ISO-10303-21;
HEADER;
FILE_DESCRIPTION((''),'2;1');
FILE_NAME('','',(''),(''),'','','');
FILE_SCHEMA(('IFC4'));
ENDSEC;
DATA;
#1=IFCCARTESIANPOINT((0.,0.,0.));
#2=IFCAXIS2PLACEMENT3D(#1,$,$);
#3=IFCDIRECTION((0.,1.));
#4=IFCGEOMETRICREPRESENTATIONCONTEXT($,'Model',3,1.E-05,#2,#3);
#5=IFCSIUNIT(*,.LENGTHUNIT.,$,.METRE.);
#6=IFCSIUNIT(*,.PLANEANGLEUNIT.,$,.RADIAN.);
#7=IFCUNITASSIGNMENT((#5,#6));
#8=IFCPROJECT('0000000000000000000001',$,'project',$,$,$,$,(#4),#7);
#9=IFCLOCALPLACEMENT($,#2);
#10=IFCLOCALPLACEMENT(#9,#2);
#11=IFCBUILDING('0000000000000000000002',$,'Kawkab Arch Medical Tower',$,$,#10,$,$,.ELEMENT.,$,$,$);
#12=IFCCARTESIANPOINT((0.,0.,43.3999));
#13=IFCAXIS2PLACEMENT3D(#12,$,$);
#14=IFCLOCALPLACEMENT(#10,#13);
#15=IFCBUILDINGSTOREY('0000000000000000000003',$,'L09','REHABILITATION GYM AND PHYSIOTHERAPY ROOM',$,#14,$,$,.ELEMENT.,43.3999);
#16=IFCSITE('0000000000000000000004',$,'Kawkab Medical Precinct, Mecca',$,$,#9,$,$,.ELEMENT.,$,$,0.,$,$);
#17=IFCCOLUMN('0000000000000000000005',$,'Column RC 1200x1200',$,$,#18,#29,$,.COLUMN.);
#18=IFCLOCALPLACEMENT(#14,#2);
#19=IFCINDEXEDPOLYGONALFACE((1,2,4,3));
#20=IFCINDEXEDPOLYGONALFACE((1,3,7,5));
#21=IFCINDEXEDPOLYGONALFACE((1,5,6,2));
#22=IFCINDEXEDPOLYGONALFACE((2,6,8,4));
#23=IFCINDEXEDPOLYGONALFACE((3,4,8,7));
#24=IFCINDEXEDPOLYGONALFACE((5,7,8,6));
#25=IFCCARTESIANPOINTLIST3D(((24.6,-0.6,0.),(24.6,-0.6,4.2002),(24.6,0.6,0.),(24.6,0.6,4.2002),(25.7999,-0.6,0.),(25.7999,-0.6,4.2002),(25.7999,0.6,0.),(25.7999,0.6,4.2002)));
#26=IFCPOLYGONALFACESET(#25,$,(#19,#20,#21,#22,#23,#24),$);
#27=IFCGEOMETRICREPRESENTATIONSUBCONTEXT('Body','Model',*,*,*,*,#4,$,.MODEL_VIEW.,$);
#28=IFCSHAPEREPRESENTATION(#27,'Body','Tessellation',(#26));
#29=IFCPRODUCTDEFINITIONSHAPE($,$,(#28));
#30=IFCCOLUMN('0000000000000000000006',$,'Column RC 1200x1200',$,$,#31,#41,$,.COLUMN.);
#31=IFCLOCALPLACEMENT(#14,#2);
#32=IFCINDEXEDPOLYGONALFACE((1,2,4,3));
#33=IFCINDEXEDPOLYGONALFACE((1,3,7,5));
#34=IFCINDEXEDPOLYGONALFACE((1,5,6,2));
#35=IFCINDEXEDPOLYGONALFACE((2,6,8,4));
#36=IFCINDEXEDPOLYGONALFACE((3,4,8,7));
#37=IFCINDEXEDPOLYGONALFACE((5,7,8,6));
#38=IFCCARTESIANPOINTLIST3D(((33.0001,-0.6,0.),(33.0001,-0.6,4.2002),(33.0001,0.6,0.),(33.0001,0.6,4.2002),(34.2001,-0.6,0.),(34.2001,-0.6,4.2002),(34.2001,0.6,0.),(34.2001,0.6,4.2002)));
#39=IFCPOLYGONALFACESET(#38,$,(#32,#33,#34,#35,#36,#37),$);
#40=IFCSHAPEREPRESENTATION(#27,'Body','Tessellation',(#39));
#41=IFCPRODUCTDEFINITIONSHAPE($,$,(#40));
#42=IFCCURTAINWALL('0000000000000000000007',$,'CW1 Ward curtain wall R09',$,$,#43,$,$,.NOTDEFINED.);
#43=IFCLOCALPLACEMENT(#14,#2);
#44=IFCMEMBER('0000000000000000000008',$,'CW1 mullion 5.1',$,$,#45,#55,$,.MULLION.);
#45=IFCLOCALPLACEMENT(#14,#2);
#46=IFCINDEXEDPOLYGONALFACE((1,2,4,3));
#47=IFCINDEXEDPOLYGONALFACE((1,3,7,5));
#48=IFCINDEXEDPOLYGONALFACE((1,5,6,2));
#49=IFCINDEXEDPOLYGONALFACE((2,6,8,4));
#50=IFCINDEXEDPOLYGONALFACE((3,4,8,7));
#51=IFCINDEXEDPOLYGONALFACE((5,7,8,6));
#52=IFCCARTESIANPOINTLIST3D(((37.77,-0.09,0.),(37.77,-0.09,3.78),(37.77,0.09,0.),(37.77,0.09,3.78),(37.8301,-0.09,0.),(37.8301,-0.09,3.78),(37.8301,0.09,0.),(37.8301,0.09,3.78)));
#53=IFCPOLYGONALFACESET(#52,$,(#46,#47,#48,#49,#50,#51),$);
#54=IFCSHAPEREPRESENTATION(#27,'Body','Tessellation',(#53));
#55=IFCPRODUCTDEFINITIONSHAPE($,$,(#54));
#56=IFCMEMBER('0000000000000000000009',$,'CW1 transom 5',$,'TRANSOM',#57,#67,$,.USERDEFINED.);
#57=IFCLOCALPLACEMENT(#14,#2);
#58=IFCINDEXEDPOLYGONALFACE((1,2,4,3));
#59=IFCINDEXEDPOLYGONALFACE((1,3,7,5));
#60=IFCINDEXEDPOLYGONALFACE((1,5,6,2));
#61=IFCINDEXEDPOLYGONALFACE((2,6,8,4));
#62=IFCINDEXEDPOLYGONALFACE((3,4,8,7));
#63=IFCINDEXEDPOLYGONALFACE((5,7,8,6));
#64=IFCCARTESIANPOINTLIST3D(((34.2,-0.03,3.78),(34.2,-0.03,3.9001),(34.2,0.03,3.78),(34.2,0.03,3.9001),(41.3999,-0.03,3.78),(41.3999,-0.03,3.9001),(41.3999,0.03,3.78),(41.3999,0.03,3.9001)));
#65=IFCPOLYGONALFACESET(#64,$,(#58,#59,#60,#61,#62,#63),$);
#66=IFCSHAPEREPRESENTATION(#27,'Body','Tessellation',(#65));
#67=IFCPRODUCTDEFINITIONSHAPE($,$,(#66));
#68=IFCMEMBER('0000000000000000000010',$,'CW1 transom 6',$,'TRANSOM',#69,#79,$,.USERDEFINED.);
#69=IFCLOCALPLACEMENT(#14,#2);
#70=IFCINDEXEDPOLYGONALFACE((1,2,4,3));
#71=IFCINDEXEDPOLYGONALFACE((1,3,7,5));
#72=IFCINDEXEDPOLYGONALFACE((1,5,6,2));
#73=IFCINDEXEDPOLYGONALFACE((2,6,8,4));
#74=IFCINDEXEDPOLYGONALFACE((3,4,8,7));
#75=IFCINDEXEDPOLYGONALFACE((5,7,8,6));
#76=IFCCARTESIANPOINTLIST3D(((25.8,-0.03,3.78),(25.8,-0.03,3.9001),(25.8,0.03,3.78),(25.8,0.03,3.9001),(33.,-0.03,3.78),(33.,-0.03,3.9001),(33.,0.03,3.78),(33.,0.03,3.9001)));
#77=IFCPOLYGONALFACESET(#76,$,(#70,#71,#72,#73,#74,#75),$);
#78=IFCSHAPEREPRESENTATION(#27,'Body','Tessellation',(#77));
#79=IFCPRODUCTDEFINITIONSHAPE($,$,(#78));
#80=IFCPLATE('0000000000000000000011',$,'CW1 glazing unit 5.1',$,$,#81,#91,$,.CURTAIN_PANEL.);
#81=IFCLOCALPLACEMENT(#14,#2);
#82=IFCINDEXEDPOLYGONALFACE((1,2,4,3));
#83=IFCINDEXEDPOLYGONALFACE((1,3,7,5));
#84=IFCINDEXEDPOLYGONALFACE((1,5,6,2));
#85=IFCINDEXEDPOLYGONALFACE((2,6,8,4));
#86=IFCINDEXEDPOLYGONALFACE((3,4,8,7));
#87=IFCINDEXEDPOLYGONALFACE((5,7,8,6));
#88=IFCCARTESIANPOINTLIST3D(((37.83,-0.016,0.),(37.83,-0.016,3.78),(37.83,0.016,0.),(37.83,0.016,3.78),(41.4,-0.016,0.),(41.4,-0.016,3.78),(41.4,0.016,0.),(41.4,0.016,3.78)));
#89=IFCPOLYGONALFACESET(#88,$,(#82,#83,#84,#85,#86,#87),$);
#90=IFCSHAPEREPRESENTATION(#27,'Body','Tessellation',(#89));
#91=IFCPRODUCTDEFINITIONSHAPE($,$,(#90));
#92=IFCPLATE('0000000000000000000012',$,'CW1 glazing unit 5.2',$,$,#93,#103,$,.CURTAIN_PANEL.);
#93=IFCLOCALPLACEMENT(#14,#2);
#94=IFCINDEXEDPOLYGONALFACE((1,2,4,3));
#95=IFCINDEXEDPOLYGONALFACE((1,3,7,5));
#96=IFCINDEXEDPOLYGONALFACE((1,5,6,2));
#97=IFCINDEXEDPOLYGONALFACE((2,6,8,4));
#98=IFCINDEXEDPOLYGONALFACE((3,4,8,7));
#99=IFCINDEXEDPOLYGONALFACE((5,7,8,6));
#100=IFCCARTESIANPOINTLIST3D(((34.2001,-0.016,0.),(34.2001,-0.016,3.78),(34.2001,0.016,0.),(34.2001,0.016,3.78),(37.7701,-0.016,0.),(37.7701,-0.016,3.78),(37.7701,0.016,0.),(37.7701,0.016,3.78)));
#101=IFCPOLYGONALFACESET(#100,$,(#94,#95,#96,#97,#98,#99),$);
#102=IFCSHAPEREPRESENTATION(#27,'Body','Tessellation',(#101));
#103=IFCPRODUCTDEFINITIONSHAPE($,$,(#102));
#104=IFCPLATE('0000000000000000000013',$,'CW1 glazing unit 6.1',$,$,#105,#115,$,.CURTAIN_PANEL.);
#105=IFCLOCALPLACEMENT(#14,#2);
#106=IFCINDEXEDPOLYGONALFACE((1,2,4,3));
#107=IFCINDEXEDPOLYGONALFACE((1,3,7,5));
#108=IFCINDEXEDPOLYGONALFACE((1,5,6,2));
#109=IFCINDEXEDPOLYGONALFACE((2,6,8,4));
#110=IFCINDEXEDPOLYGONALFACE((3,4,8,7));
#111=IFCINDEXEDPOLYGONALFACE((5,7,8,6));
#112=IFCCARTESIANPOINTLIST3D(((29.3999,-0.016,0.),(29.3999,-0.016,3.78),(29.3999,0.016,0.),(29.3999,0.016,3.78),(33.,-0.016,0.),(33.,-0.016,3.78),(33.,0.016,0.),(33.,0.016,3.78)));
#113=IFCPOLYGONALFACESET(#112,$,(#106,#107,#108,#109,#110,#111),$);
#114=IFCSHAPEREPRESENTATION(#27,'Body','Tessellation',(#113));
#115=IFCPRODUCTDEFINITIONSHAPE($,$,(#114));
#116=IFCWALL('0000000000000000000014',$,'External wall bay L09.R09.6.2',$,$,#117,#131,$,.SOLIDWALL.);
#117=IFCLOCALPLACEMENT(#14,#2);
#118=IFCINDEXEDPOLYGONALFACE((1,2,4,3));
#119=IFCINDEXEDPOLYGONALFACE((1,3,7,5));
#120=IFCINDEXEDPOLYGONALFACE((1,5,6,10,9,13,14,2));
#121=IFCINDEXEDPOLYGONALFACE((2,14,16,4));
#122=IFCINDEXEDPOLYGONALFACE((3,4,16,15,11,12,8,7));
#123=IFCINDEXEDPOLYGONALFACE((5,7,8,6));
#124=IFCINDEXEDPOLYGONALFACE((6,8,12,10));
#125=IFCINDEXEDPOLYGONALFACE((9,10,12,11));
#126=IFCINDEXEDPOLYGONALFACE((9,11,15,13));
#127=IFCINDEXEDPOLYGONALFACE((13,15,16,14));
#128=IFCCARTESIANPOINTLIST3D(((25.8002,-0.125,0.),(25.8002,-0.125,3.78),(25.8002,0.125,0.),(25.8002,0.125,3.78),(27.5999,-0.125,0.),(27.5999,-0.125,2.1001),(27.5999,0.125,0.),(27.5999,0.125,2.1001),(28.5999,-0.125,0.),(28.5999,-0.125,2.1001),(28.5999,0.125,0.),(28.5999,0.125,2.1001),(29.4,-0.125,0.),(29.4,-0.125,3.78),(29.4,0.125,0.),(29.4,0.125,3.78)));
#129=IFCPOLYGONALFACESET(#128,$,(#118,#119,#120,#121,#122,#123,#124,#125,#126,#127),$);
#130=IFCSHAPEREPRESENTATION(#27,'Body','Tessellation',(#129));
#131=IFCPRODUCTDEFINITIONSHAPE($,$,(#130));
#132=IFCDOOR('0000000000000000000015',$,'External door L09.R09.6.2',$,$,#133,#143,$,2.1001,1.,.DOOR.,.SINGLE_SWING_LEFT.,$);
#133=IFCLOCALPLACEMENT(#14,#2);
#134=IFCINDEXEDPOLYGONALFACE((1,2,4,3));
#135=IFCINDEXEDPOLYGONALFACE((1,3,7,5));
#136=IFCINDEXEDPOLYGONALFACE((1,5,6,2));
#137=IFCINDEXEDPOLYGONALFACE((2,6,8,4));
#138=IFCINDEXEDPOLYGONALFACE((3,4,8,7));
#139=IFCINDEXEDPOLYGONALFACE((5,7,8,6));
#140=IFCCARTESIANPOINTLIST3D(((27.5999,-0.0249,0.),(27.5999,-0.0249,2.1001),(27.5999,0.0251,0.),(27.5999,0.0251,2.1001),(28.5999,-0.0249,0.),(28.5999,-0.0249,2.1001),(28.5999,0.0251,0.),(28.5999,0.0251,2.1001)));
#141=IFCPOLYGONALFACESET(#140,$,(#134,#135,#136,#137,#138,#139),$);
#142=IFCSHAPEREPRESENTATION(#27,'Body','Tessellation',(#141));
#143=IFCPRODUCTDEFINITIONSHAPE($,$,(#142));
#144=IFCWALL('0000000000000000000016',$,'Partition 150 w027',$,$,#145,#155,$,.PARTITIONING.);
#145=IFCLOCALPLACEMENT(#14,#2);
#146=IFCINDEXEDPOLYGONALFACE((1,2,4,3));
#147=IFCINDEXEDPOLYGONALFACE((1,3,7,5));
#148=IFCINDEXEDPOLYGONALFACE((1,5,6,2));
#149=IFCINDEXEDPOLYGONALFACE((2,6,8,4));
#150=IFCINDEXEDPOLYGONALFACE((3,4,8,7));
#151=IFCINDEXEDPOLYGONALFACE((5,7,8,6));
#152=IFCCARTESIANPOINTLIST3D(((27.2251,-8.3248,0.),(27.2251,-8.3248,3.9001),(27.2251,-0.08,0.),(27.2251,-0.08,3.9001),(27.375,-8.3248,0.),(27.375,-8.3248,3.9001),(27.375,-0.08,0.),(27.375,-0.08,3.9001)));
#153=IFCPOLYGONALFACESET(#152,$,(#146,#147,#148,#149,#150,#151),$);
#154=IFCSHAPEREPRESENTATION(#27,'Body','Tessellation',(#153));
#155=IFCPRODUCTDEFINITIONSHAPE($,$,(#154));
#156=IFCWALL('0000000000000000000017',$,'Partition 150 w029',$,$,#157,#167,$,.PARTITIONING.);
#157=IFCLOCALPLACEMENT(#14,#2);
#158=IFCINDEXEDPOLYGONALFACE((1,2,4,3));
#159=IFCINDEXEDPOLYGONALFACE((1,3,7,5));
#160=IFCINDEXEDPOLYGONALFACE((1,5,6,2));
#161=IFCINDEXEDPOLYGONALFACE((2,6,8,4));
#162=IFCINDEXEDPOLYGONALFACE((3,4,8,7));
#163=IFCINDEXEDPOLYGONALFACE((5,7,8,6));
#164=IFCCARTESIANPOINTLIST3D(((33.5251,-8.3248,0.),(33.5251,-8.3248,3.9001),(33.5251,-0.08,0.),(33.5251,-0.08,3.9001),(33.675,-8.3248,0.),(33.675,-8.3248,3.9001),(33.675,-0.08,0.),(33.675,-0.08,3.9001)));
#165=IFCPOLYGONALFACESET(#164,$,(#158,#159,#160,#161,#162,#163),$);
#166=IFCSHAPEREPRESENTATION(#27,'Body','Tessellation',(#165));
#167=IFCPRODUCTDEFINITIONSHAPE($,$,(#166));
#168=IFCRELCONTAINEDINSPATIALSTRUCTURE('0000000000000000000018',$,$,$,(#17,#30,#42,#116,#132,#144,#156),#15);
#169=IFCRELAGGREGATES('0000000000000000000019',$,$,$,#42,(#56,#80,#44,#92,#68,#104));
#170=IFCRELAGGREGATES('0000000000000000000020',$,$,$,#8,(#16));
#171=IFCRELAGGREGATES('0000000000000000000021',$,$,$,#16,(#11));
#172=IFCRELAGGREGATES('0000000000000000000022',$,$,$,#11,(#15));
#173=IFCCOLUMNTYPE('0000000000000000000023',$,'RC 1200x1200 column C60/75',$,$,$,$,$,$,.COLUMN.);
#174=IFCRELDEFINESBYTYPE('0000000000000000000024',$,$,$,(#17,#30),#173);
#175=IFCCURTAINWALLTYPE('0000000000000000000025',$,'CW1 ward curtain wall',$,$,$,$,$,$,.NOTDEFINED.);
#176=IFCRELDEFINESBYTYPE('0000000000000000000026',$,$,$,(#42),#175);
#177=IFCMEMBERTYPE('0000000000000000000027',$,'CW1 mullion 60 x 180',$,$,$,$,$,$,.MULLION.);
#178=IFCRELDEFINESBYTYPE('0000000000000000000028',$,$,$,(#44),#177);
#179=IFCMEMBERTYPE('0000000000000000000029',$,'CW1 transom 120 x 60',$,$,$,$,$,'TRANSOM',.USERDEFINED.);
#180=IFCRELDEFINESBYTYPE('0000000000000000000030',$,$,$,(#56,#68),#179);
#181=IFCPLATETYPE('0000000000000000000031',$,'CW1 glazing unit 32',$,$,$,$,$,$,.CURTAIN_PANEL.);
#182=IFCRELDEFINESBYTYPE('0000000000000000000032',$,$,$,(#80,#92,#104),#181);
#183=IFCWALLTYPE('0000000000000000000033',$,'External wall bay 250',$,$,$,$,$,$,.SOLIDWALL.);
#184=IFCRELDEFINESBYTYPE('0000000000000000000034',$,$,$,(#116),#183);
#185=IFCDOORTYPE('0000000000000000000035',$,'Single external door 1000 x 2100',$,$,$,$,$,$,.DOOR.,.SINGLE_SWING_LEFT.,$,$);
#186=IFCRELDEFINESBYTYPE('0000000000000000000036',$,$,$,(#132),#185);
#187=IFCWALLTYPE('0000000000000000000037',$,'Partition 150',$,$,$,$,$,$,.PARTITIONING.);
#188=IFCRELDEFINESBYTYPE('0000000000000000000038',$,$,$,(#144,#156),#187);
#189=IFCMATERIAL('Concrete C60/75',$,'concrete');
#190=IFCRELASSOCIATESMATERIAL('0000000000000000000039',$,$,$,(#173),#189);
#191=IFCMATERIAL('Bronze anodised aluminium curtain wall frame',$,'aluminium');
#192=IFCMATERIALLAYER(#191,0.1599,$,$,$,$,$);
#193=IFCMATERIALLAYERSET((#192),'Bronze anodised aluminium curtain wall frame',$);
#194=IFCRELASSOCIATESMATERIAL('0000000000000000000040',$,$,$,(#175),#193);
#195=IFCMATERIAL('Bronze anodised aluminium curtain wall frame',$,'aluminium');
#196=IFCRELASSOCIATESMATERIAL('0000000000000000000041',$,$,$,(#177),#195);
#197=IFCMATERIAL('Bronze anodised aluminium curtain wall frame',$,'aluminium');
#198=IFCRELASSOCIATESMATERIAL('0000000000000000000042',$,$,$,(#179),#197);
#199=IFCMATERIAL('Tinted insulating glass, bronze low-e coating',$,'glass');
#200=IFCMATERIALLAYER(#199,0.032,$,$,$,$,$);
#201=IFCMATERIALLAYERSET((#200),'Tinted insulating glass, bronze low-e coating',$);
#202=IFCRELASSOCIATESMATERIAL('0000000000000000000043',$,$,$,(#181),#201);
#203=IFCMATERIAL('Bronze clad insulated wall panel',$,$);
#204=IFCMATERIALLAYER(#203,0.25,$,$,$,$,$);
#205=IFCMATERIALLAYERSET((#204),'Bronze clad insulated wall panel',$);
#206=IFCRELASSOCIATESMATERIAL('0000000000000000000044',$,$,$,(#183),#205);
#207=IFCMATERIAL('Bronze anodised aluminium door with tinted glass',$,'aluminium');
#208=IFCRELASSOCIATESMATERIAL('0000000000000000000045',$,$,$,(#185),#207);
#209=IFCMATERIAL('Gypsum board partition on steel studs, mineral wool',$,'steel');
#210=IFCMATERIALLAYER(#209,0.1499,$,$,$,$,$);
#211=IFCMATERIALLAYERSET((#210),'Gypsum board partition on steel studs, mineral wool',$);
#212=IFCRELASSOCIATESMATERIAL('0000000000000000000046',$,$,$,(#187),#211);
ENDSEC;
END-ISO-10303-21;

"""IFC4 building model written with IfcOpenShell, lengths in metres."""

from ifc_helpers import new_model, si_unit, direction, frame, frame_2d, origin, origin_2d, place, context, subcontext, project, spatial, rectangle, extrude, material, layer, layer_set, material_profile, profile_set, type_object, element, fill, aggregate, save


model = new_model("IFC4")

# Units and contexts
model_context = context("Model", 3, precision=1e-05, world=origin(), true_north=direction((0.0, 1.0)))
body_context = subcontext(model_context, "Body", "Model", "MODEL_VIEW")
ifc_project = project(units=[si_unit("LENGTHUNIT", "METRE"), si_unit("PLANEANGLEUNIT", "RADIAN")], contexts=[model_context])

# Site, building, storey
site_placement = place(None, origin())
site = spatial("IfcSite", under=ifc_project, at=site_placement, Name="Kawkab Medical Precinct, Mecca", CompositionType="ELEMENT", RefElevation=0.0)
building_placement = place(site_placement, origin())
building = spatial("IfcBuilding", under=site, at=building_placement, Name="Kawkab Arch Medical Tower", CompositionType="ELEMENT")
storey_placement = place(building_placement, frame((0.0, 0.0, 43.3999)))
storey = spatial("IfcBuildingStorey", under=building, at=storey_placement, Name="L09", Description="REHABILITATION GYM AND PHYSIOTHERAPY ROOM", CompositionType="ELEMENT", Elevation=43.3999)

# Columns
ifc_material_1 = material(Name="Concrete C60/75", Category="concrete")
ifc_material_profile_1 = material_profile(ifc_material_1, rectangle(XDim=1.2, YDim=1.2, at=origin_2d()), Name="RC 1200x1200")
ifc_profile_set_1 = profile_set([ifc_material_profile_1], Name="Concrete C60/75")
column_type = type_object("IfcColumnType", Name="RC 1200x1200 column C60/75", PredefinedType="COLUMN", material=ifc_profile_set_1)
for number, where, z_axis, x_axis, name in (
    (1, (25.2, 0.0, 0.0), (0.0, 0.0, 1.0), (1.0, 0.0, 0.0), "Column RC 1200x1200"),
    (2, (33.6001, 0.0, 0.0), (0.0, 0.0, 1.0), (1.0, 0.0, 0.0), "Column RC 1200x1200"),
):
    element("IfcColumn", number, at=place(storey_placement, frame(where, z_axis=z_axis, x_axis=x_axis)), inside=storey, type_object=column_type, Name=name, PredefinedType="COLUMN", context=body_context, shape_type="SweptSolid", body=[
        extrude(rectangle(XDim=1.2, YDim=1.2, at=origin_2d()), origin(), (0.0, 0.0, 1.0), 4.2002),
    ])

# Curtain wall, members, plates
ifc_material_2 = material(Name="Bronze anodised aluminium curtain wall frame", Category="aluminium")
ifc_layer_1 = layer(ifc_material_2, 0.1599)
ifc_layer_set_1 = layer_set([ifc_layer_1], Name="Bronze anodised aluminium curtain wall frame")
curtain_wall_type = type_object("IfcCurtainWallType", Name="CW1 ward curtain wall", PredefinedType="NOTDEFINED", material=ifc_layer_set_1)
curtain_wall_placement = place(storey_placement, origin())
curtain_wall = element("IfcCurtainWall", 3, at=curtain_wall_placement, inside=storey, type_object=curtain_wall_type, Name="CW1 Ward curtain wall R09", PredefinedType="NOTDEFINED")
ifc_material_3 = material(Name="Bronze anodised aluminium curtain wall frame", Category="aluminium")
ifc_material_profile_2 = material_profile(ifc_material_3, rectangle(XDim=0.1799, YDim=0.0601, at=origin_2d()), Name="AL 60x180")
ifc_profile_set_2 = profile_set([ifc_material_profile_2], Name="Bronze anodised aluminium curtain wall frame")
member_type_1 = type_object("IfcMemberType", Name="CW1 mullion 60 x 180", PredefinedType="MULLION", material=ifc_profile_set_2)
member_1_placement = place(storey_placement, frame((37.8, 0.0, 0.0), z_axis=(0.0, 0.0, 1.0), x_axis=(0.0, -1.0, 0.0)))
member_1 = element("IfcMember", 4, at=member_1_placement, type_object=member_type_1, Name="CW1 mullion 5.1", PredefinedType="MULLION", context=body_context, shape_type="SweptSolid", body=[
    extrude(rectangle(XDim=0.1799, YDim=0.0601, at=origin_2d()), origin(), (0.0, 0.0, 1.0), 3.78),
])
ifc_material_4 = material(Name="Bronze anodised aluminium curtain wall frame", Category="aluminium")
ifc_material_profile_3 = material_profile(ifc_material_4, rectangle(XDim=0.0601, YDim=0.1201, at=origin_2d()), Name="AL 60x120")
ifc_profile_set_3 = profile_set([ifc_material_profile_3], Name="Bronze anodised aluminium curtain wall frame")
member_type_2 = type_object("IfcMemberType", Name="CW1 transom 120 x 60", ElementType="TRANSOM", PredefinedType="USERDEFINED", material=ifc_profile_set_3)
member_2_placement = place(storey_placement, frame((41.3999, 0.0, 3.8401), z_axis=(-1.0, 0.0, 0.0), x_axis=(0.0, -1.0, 0.0)))
member_2 = element("IfcMember", 5, at=member_2_placement, type_object=member_type_2, Name="CW1 transom 5", ObjectType="TRANSOM", PredefinedType="USERDEFINED", context=body_context, shape_type="SweptSolid", body=[
    extrude(rectangle(XDim=0.0601, YDim=0.1201, at=origin_2d()), origin(), (0.0, 0.0, 1.0), 7.2),
])
member_3_placement = place(storey_placement, frame((33.0, 0.0, 3.8401), z_axis=(-1.0, 0.0, 0.0), x_axis=(0.0, -1.0, 0.0)))
member_3 = element("IfcMember", 6, at=member_3_placement, type_object=member_type_2, Name="CW1 transom 6", ObjectType="TRANSOM", PredefinedType="USERDEFINED", context=body_context, shape_type="SweptSolid", body=[
    extrude(rectangle(XDim=0.0601, YDim=0.1201, at=origin_2d()), origin(), (0.0, 0.0, 1.0), 7.2),
])
ifc_material_5 = material(Name="Tinted insulating glass, bronze low-e coating", Category="glass")
ifc_layer_2 = layer(ifc_material_5, 0.032)
ifc_layer_set_2 = layer_set([ifc_layer_2], Name="Tinted insulating glass, bronze low-e coating")
plate_type = type_object("IfcPlateType", Name="CW1 glazing unit 32", PredefinedType="CURTAIN_PANEL", material=ifc_layer_set_2)
plate_1_placement = place(storey_placement, frame((39.615, 0.0, 0.0), z_axis=(0.0, 0.0, 1.0), x_axis=(-1.0, 0.0, 0.0)))
plate_1 = element("IfcPlate", 7, at=plate_1_placement, type_object=plate_type, Name="CW1 glazing unit 5.1", PredefinedType="CURTAIN_PANEL", context=body_context, shape_type="SweptSolid", body=[
    extrude(rectangle(XDim=3.5701, YDim=0.032, at=origin_2d()), origin(), (0.0, 0.0, 1.0), 3.78),
])
plate_2_placement = place(storey_placement, frame((35.9851, 0.0, 0.0), z_axis=(0.0, 0.0, 1.0), x_axis=(-1.0, 0.0, 0.0)))
plate_2 = element("IfcPlate", 8, at=plate_2_placement, type_object=plate_type, Name="CW1 glazing unit 5.2", PredefinedType="CURTAIN_PANEL", context=body_context, shape_type="SweptSolid", body=[
    extrude(rectangle(XDim=3.5701, YDim=0.032, at=origin_2d()), origin(), (0.0, 0.0, 1.0), 3.78),
])
plate_3_placement = place(storey_placement, frame((31.2, 0.0, 0.0), z_axis=(0.0, 0.0, 1.0), x_axis=(-1.0, 0.0, 0.0)))
plate_3 = element("IfcPlate", 9, at=plate_3_placement, type_object=plate_type, Name="CW1 glazing unit 6.1", PredefinedType="CURTAIN_PANEL", context=body_context, shape_type="SweptSolid", body=[
    extrude(rectangle(XDim=3.6001, YDim=0.032, at=origin_2d()), origin(), (0.0, 0.0, 1.0), 3.78),
])
aggregate(curtain_wall, [member_2, plate_1, member_1, plate_2, member_3, plate_3])

# Wall, opening, door
ifc_material_6 = material(Name="Bronze clad insulated wall panel")
ifc_layer_3 = layer(ifc_material_6, 0.25)
ifc_layer_set_3 = layer_set([ifc_layer_3], Name="Bronze clad insulated wall panel")
wall_type_1 = type_object("IfcWallType", Name="External wall bay 250", PredefinedType="SOLIDWALL", material=ifc_layer_set_3)
wall_placement = place(storey_placement, frame((29.3999, 0.0, 0.0), z_axis=(0.0, 0.0, 1.0), x_axis=(-1.0, 0.0, 0.0)))
wall = element("IfcWall", 10, at=wall_placement, inside=storey, type_object=wall_type_1, Name="External wall bay L09.R09.6.2", PredefinedType="SOLIDWALL", context=body_context, shape_type="SweptSolid", body=[
    extrude(rectangle(XDim=3.5999, YDim=0.25, at=frame_2d((1.7998, 0.0))), origin(), (0.0, 0.0, 1.0), 3.78),
])
opening_placement = place(wall_placement, frame((0.8, 0.0, 0.0)))
opening = element("IfcOpeningElement", 11, at=opening_placement, cuts=wall, PredefinedType="OPENING", context=body_context, shape_type="SweptSolid", body=[
    extrude(rectangle(XDim=1.0, YDim=2.1001, at=frame_2d((0.5, 1.05))), frame((0.0, 0.135, 0.0), z_axis=(0.0, -1.0, 0.0), x_axis=(1.0, 0.0, 0.0)), (0.0, 0.0, 1.0), 0.27),
])
ifc_material_7 = material(Name="Bronze anodised aluminium door with tinted glass", Category="aluminium")
door_type = type_object("IfcDoorType", Name="Single external door 1000 x 2100", OperationType="SINGLE_SWING_LEFT", PredefinedType="DOOR", material=ifc_material_7)
door_placement = place(opening_placement, origin())
door = element("IfcDoor", 12, at=door_placement, inside=storey, type_object=door_type, Name="External door L09.R09.6.2", OperationType="SINGLE_SWING_LEFT", OverallHeight=2.1001, OverallWidth=1.0, PredefinedType="DOOR", context=body_context, shape_type="SweptSolid", body=[
    extrude(rectangle(XDim=1.0, YDim=2.1001, at=frame_2d((0.5, 1.05))), frame((0.0, 0.0249, 0.0), z_axis=(0.0, -1.0, 0.0), x_axis=(1.0, 0.0, 0.0)), (0.0, 0.0, 1.0), 0.05),
])
fill(opening, door)

# Walls
ifc_material_8 = material(Name="Gypsum board partition on steel studs, mineral wool", Category="steel")
ifc_layer_4 = layer(ifc_material_8, 0.1499)
ifc_layer_set_4 = layer_set([ifc_layer_4], Name="Gypsum board partition on steel studs, mineral wool")
wall_type_2 = type_object("IfcWallType", Name="Partition 150", PredefinedType="PARTITIONING", material=ifc_layer_set_4)
for number, where, z_axis, x_axis, name in (
    (13, (27.3, -8.325, 0.0), (0.0, 0.0, 1.0), (0.0, 1.0, 0.0), "Partition 150 w027"),
    (14, (33.6001, -8.325, 0.0), (0.0, 0.0, 1.0), (0.0, 1.0, 0.0), "Partition 150 w029"),
):
    element("IfcWall", number, at=place(storey_placement, frame(where, z_axis=z_axis, x_axis=x_axis)), inside=storey, type_object=wall_type_2, Name=name, PredefinedType="PARTITIONING", context=body_context, shape_type="SweptSolid", body=[
        extrude(rectangle(XDim=8.2449, YDim=0.1499, at=frame_2d((4.1226, 0.0))), origin(), (0.0, 0.0, 1.0), 3.9001),
    ])

save(model, "model.ifc")
